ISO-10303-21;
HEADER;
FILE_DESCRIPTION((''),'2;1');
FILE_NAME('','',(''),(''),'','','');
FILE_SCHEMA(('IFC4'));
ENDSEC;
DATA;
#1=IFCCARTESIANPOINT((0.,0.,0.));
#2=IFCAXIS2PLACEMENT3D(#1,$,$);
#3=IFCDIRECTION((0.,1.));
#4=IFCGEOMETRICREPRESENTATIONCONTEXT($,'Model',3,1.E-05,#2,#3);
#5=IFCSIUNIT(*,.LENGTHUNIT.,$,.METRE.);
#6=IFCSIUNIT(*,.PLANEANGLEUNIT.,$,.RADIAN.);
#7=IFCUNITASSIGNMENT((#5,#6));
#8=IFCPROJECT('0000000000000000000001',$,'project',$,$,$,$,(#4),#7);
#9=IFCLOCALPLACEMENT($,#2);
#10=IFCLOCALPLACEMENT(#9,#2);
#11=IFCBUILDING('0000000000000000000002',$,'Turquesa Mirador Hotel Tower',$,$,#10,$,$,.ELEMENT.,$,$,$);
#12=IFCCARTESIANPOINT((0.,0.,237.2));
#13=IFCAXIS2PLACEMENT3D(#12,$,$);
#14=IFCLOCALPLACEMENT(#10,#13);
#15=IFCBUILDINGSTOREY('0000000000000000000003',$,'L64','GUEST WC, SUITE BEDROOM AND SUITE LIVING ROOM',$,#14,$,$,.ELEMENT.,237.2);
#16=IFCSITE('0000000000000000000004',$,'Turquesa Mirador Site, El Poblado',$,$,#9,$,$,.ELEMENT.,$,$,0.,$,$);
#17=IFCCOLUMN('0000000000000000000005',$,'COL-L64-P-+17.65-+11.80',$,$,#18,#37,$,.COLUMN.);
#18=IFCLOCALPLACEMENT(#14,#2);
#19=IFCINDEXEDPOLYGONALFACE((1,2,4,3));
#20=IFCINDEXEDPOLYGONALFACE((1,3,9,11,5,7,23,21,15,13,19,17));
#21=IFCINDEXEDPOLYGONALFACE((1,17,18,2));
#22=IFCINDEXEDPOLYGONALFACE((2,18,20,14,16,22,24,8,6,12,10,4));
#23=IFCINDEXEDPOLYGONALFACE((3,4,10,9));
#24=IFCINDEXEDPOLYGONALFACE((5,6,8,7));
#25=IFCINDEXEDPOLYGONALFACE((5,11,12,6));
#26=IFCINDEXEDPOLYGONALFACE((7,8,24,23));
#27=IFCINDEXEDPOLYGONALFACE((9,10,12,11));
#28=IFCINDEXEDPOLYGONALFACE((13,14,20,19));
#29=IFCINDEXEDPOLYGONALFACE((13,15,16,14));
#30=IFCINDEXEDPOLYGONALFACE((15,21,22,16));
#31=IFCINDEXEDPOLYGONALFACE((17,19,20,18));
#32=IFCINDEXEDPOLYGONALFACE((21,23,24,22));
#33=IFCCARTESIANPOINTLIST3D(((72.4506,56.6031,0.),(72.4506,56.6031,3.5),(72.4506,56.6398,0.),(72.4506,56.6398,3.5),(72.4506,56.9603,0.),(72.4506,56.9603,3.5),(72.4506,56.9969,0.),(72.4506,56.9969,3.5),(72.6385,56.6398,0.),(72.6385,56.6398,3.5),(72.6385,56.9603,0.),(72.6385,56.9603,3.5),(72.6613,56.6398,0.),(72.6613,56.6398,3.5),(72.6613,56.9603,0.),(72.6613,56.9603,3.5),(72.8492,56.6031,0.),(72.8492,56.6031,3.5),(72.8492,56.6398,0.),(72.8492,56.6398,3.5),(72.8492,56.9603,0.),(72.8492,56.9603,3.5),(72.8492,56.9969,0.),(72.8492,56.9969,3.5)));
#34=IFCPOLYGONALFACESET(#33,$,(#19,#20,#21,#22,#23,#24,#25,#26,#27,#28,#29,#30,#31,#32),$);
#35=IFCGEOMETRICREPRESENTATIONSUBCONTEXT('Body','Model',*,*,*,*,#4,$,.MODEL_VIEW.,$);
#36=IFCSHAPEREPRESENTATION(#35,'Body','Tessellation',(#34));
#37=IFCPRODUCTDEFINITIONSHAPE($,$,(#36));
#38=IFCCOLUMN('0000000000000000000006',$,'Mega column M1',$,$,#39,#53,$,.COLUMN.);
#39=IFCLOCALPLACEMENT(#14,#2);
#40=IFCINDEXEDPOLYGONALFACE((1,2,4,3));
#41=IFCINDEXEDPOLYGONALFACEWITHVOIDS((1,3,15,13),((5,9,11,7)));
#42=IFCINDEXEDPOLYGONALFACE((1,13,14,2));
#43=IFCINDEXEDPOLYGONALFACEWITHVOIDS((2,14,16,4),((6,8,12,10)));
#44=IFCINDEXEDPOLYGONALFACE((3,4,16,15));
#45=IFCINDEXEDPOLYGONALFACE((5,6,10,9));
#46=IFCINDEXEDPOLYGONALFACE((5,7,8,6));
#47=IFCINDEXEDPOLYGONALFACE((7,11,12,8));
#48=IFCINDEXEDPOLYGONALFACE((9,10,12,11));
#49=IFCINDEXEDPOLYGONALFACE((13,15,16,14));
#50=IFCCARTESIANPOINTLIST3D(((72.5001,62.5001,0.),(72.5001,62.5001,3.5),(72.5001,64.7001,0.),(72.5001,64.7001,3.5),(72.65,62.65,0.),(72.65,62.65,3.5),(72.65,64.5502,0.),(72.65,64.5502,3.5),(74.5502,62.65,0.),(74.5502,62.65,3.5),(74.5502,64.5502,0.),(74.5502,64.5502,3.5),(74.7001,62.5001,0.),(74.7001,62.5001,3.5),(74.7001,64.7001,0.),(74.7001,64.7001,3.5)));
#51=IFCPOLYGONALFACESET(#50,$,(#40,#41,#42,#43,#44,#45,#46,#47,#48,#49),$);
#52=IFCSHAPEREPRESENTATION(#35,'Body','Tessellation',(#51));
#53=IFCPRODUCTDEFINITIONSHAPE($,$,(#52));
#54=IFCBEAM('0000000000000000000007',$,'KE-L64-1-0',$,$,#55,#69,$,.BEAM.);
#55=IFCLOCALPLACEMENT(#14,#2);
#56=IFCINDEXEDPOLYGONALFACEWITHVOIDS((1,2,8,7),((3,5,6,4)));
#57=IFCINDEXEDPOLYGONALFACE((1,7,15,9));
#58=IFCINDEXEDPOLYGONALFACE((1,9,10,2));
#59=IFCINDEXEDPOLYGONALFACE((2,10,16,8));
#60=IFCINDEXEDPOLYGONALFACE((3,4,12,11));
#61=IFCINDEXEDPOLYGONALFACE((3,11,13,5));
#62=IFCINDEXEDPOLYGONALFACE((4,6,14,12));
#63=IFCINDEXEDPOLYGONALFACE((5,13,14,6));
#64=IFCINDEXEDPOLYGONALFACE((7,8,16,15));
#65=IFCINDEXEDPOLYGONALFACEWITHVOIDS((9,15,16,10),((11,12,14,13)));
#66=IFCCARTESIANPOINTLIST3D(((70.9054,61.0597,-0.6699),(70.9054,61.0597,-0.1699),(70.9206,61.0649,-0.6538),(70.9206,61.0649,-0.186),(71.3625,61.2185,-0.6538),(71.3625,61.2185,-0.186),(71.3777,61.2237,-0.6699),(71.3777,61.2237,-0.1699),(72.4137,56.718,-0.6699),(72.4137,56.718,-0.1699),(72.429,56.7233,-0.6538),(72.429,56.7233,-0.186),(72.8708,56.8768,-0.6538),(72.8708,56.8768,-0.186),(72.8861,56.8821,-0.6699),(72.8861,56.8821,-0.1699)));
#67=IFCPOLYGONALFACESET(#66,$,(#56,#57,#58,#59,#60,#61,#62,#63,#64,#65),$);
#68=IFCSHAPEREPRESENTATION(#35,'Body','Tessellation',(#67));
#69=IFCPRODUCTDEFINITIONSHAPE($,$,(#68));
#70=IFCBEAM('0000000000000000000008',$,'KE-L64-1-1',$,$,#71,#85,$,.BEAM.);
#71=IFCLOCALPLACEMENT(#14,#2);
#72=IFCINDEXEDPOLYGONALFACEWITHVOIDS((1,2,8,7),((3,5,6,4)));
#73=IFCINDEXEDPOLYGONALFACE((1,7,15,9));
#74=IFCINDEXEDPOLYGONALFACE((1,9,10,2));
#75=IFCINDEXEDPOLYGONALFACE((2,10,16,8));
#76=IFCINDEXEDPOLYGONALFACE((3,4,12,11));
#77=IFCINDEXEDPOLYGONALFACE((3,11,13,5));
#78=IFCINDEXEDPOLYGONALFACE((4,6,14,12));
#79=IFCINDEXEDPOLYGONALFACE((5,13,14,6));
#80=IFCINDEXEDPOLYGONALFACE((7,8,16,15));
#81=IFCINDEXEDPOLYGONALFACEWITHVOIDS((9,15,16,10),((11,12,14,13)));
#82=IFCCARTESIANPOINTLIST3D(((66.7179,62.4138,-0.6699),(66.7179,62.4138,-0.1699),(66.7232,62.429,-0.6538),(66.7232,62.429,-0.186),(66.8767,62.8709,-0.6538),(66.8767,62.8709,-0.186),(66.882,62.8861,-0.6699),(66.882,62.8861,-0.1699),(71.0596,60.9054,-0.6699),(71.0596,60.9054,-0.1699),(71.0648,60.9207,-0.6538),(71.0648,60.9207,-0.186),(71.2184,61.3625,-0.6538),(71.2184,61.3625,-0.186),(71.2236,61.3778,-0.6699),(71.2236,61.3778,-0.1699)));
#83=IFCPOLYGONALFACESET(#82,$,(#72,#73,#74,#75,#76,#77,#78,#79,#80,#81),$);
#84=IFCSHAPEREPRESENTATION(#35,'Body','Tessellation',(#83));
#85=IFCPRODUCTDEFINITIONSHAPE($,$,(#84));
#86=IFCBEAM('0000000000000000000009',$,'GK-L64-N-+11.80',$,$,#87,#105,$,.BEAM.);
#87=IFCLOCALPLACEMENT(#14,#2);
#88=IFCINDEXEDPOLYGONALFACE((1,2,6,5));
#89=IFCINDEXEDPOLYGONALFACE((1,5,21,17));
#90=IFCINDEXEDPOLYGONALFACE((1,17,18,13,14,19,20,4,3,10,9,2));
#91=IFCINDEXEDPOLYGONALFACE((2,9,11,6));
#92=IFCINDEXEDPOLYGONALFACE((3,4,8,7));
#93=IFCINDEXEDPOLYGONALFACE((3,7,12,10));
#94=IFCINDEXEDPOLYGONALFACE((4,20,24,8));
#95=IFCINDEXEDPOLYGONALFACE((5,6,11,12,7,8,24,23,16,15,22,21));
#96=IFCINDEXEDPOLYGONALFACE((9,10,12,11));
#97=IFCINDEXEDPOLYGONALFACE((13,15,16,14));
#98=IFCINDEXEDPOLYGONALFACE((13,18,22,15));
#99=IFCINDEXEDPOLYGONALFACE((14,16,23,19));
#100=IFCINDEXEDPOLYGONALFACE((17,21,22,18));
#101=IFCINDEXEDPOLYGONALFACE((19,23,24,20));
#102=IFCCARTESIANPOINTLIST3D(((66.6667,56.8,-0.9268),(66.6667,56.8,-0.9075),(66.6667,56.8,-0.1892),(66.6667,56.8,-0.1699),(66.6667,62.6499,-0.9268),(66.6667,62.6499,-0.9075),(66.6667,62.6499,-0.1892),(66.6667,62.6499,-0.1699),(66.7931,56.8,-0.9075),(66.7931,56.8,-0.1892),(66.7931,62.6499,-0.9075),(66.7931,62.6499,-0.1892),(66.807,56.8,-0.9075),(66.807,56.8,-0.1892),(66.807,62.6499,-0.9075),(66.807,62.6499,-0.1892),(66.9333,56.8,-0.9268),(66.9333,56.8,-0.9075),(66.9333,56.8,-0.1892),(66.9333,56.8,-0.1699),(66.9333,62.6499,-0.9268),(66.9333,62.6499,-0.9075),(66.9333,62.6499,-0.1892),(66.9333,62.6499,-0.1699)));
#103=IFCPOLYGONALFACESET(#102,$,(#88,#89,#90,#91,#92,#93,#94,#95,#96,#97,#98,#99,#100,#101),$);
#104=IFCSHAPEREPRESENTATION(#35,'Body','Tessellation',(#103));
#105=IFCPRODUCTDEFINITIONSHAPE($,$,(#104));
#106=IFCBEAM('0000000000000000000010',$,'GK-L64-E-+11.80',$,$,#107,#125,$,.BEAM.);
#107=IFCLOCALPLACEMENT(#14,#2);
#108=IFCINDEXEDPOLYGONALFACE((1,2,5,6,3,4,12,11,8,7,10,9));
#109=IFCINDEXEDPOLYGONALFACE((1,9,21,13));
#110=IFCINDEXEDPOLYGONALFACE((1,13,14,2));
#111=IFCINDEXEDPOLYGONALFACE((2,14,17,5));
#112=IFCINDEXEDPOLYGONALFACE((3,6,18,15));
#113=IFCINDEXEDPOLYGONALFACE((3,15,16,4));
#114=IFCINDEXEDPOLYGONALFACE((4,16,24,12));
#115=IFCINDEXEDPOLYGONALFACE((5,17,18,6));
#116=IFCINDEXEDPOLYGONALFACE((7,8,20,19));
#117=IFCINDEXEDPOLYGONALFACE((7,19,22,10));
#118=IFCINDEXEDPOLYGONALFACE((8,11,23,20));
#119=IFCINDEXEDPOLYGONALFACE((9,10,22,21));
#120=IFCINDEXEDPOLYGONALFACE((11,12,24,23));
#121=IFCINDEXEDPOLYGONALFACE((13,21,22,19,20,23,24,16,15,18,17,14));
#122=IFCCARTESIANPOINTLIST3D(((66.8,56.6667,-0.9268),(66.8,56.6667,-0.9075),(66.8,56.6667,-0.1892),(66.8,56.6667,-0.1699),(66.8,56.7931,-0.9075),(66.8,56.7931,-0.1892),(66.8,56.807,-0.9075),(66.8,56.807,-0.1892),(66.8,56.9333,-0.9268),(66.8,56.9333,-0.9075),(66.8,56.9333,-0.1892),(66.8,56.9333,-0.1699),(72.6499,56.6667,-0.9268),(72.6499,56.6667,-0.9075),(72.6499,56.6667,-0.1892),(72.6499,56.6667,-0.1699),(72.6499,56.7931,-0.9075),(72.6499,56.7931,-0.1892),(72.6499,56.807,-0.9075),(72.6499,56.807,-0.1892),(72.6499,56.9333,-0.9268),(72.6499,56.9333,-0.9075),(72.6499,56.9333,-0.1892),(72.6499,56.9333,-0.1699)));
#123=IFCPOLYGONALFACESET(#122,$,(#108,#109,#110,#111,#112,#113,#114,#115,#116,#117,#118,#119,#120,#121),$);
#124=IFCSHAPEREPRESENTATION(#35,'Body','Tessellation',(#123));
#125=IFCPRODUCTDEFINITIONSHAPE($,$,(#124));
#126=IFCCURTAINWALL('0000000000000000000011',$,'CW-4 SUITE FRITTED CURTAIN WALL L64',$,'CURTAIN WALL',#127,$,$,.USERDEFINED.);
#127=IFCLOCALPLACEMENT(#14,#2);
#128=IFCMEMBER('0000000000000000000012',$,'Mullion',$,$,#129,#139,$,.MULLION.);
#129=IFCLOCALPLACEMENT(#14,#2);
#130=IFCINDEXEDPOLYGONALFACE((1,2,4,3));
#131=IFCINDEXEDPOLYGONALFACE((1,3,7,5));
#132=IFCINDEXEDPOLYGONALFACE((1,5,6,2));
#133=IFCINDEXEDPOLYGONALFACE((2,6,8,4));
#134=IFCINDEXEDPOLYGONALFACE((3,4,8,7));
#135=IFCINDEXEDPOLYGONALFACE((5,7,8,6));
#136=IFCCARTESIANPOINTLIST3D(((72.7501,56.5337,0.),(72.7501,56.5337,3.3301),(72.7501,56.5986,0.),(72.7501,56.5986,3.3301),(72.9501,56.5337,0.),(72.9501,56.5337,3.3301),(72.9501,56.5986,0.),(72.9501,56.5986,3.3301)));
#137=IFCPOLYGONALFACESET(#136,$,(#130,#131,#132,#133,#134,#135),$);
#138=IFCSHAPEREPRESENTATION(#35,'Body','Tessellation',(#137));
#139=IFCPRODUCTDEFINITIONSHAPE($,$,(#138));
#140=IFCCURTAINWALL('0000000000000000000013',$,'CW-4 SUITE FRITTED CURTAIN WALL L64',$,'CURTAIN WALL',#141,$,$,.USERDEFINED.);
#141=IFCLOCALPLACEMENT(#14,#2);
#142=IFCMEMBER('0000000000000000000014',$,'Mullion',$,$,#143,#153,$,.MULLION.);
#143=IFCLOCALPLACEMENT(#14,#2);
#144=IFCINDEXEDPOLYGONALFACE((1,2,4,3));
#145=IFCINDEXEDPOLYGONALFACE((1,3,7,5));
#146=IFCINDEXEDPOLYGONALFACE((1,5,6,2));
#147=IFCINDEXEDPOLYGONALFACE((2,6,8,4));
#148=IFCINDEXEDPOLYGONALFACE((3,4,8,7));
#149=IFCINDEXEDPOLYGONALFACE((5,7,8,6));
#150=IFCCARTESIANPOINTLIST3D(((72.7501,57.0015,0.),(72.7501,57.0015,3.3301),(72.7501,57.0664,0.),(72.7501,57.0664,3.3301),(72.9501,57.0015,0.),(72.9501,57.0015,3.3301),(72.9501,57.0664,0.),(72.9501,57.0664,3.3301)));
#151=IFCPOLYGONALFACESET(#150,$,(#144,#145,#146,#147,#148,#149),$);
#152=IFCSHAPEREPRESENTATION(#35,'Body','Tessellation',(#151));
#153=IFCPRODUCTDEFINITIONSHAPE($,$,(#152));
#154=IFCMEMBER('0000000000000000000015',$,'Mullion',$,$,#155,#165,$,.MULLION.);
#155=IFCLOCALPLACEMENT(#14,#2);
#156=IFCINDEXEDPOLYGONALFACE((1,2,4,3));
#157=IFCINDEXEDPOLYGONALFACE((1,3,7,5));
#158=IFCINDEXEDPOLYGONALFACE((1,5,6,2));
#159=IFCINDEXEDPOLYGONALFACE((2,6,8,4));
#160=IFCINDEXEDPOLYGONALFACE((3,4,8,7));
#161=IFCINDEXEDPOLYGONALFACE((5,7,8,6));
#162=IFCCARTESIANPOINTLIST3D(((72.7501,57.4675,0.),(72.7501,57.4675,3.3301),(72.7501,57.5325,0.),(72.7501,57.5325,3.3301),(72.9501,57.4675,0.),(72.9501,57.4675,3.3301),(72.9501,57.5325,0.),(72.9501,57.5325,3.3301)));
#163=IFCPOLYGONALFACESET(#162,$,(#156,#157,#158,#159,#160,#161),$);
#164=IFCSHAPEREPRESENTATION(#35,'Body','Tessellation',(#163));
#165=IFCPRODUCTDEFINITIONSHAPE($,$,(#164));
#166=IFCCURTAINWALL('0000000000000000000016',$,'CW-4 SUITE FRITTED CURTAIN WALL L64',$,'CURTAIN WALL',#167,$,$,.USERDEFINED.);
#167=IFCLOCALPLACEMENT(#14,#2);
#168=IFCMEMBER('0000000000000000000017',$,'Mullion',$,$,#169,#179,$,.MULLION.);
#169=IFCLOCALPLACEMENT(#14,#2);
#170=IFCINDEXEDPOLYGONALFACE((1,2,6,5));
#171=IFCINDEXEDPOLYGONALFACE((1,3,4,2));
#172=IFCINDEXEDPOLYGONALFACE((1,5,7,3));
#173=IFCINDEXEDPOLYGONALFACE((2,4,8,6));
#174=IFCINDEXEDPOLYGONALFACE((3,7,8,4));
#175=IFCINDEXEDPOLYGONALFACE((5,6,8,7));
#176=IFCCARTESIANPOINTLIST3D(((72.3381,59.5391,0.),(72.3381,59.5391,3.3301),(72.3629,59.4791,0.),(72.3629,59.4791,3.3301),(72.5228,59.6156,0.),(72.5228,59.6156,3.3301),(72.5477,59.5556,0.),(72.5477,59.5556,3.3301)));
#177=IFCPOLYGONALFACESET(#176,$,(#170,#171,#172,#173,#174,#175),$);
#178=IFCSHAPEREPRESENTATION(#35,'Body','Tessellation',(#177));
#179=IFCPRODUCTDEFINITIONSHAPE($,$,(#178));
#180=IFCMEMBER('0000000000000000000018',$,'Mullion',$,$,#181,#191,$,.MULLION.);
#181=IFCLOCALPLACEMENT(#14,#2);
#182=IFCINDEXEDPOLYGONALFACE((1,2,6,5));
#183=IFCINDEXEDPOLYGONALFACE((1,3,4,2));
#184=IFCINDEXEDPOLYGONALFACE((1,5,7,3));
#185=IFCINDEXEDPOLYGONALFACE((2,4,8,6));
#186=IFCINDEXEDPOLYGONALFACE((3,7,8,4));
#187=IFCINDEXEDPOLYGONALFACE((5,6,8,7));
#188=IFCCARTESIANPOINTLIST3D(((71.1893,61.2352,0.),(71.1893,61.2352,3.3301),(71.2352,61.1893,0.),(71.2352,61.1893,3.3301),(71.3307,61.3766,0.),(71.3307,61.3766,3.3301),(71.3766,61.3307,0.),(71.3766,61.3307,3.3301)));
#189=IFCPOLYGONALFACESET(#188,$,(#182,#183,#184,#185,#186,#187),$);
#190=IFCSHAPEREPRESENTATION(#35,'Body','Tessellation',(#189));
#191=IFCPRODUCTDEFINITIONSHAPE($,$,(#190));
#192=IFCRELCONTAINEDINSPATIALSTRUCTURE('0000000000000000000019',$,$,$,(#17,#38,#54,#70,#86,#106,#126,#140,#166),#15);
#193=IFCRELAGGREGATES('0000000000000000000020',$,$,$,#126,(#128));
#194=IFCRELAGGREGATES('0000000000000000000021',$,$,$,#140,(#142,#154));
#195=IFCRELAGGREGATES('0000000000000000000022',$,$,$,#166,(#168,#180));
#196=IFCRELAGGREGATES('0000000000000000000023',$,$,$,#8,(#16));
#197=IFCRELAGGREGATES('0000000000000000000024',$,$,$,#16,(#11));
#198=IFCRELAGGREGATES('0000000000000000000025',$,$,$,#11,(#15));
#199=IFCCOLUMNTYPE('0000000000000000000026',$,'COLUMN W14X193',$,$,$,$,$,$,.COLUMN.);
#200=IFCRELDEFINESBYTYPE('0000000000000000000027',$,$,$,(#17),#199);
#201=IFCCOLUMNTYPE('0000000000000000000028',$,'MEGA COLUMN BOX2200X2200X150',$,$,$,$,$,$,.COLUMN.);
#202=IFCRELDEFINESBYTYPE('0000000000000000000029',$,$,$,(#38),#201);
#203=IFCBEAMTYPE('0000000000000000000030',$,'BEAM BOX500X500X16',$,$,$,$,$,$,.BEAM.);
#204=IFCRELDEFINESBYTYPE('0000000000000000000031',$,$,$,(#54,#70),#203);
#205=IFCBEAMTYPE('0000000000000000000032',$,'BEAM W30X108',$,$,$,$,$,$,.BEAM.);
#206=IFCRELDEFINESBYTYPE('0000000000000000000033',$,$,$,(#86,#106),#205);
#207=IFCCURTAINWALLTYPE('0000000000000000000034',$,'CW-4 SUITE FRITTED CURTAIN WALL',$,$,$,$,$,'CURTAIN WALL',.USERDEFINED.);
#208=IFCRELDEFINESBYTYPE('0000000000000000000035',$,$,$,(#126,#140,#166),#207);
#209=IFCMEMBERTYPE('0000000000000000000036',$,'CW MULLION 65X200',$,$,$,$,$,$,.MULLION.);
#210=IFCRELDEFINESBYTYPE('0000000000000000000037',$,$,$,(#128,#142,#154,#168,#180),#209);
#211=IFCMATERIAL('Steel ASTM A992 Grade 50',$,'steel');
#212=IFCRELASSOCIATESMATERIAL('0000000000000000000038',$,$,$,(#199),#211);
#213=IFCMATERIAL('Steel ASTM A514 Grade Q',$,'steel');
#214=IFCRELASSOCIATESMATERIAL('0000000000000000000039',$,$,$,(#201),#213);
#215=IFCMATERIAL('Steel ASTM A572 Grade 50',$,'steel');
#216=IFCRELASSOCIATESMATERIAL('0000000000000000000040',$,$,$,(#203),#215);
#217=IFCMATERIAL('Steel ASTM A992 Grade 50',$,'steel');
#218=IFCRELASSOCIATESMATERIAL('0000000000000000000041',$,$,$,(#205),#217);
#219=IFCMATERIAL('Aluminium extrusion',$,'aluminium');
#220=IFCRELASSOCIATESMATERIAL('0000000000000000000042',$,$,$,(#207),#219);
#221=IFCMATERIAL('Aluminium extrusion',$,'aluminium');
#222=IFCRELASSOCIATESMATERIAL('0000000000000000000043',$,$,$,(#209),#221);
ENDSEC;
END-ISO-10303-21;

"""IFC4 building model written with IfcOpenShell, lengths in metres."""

from ifc_helpers import new_model, si_unit, direction, frame, origin, origin_2d, place, context, subcontext, project, spatial, rectangle, hollow_rectangle, i_section, extrude, material, material_profile, profile_set, type_object, element, aggregate, save


model = new_model("IFC4")

# Units and contexts
model_context = context("Model", 3, precision=1e-05, world=origin(), true_north=direction((0.0, 1.0)))
body_context = subcontext(model_context, "Body", "Model", "MODEL_VIEW")
ifc_project = project(units=[si_unit("LENGTHUNIT", "METRE"), si_unit("PLANEANGLEUNIT", "RADIAN")], contexts=[model_context])

# Site, building, storey
site_placement = place(None, origin())
site = spatial("IfcSite", under=ifc_project, at=site_placement, Name="Turquesa Mirador Site, El Poblado", CompositionType="ELEMENT", RefElevation=0.0)
building_placement = place(site_placement, origin())
building = spatial("IfcBuilding", under=site, at=building_placement, Name="Turquesa Mirador Hotel Tower", CompositionType="ELEMENT")
storey_placement = place(building_placement, frame((0.0, 0.0, 237.2)))
storey = spatial("IfcBuildingStorey", under=building, at=storey_placement, Name="L64", Description="GUEST WC, SUITE BEDROOM AND SUITE LIVING ROOM", CompositionType="ELEMENT", Elevation=237.2)

# Columns
ifc_material_1 = material(Name="Steel ASTM A992 Grade 50", Category="steel")
ifc_material_profile_1 = material_profile(ifc_material_1, i_section(OverallWidth=0.3987, OverallDepth=0.3938, WebThickness=0.0227, FlangeThickness=0.0366, at=origin_2d()), Name="W14X193")
ifc_profile_set_1 = profile_set([ifc_material_profile_1], Name="Steel ASTM A992 Grade 50")
column_type_1 = type_object("IfcColumnType", Name="COLUMN W14X193", PredefinedType="COLUMN", material=ifc_profile_set_1)
column_1_placement = place(storey_placement, frame((72.6499, 56.8, 0.0), z_axis=(0.0, 0.0, 1.0), x_axis=(1.0, 0.0, 0.0)))
element("IfcColumn", 1, at=column_1_placement, inside=storey, type_object=column_type_1, Name="COL-L64-P-+17.65-+11.80", PredefinedType="COLUMN", context=body_context, shape_type="SweptSolid", body=[
    extrude(i_section(OverallWidth=0.3987, OverallDepth=0.3938, WebThickness=0.0227, FlangeThickness=0.0366, at=origin_2d()), origin(), (0.0, 0.0, 1.0), 3.5),
])
ifc_material_2 = material(Name="Steel ASTM A514 Grade Q", Category="steel")
ifc_material_profile_2 = material_profile(ifc_material_2, hollow_rectangle(XDim=2.2, YDim=2.2, WallThickness=0.1499, at=origin_2d()), Name="BOX2200X2200X150")
ifc_profile_set_2 = profile_set([ifc_material_profile_2], Name="Steel ASTM A514 Grade Q")
column_type_2 = type_object("IfcColumnType", Name="MEGA COLUMN BOX2200X2200X150", PredefinedType="COLUMN", material=ifc_profile_set_2)
column_2_placement = place(storey_placement, frame((73.6001, 63.6001, 0.0), z_axis=(0.0, 0.0, 1.0), x_axis=(1.0, 0.0, 0.0)))
element("IfcColumn", 2, at=column_2_placement, inside=storey, type_object=column_type_2, Name="Mega column M1", PredefinedType="COLUMN", context=body_context, shape_type="SweptSolid", body=[
    extrude(hollow_rectangle(XDim=2.2, YDim=2.2, WallThickness=0.1499, at=origin_2d()), origin(), (0.0, 0.0, 1.0), 3.5),
])

# Beams
ifc_material_3 = material(Name="Steel ASTM A572 Grade 50", Category="steel")
ifc_material_profile_3 = material_profile(ifc_material_3, hollow_rectangle(XDim=0.5, YDim=0.5, WallThickness=0.0161, at=origin_2d()), Name="BOX500X500X16")
ifc_profile_set_3 = profile_set([ifc_material_profile_3], Name="Steel ASTM A572 Grade 50")
beam_type_1 = type_object("IfcBeamType", Name="BEAM BOX500X500X16", PredefinedType="BEAM", material=ifc_profile_set_3)
for number, where, z_axis, x_axis, name in (
    (3, (72.6499, 56.8, -0.4199), (-0.32817, 0.944619, 0.0), (-0.944619, -0.32817, 0.0), "KE-L64-1-0"),
    (4, (71.1416, 61.1416, -0.4199), (-0.944619, 0.32817, 0.0), (-0.32817, -0.944619, 0.0), "KE-L64-1-1"),
):
    element("IfcBeam", number, at=place(storey_placement, frame(where, z_axis=z_axis, x_axis=x_axis)), inside=storey, type_object=beam_type_1, Name=name, PredefinedType="BEAM", context=body_context, shape_type="SweptSolid", body=[
        extrude(hollow_rectangle(XDim=0.5, YDim=0.5, WallThickness=0.0161, at=origin_2d()), origin(), (0.0, 0.0, 1.0), 4.5962),
    ])
ifc_material_4 = material(Name="Steel ASTM A992 Grade 50", Category="steel")
ifc_material_profile_4 = material_profile(ifc_material_4, i_section(OverallWidth=0.2666, OverallDepth=0.7568, WebThickness=0.0139, FlangeThickness=0.0193, at=origin_2d()), Name="W30X108")
ifc_profile_set_4 = profile_set([ifc_material_profile_4], Name="Steel ASTM A992 Grade 50")
beam_type_2 = type_object("IfcBeamType", Name="BEAM W30X108", PredefinedType="BEAM", material=ifc_profile_set_4)
for number, where, z_axis, x_axis, name in (
    (5, (66.8, 62.6499, -0.5483), (0.0, -1.0, 0.0), (1.0, 0.0, 0.0), "GK-L64-N-+11.80"),
    (6, (72.6499, 56.8, -0.5483), (-1.0, 0.0, 0.0), (0.0, -1.0, 0.0), "GK-L64-E-+11.80"),
):
    element("IfcBeam", number, at=place(storey_placement, frame(where, z_axis=z_axis, x_axis=x_axis)), inside=storey, type_object=beam_type_2, Name=name, PredefinedType="BEAM", context=body_context, shape_type="SweptSolid", body=[
        extrude(i_section(OverallWidth=0.2666, OverallDepth=0.7568, WebThickness=0.0139, FlangeThickness=0.0193, at=origin_2d()), origin(), (0.0, 0.0, 1.0), 5.8499),
    ])

# Curtain wall, member
ifc_material_5 = material(Name="Aluminium extrusion", Category="aluminium")
curtain_wall_type = type_object("IfcCurtainWallType", Name="CW-4 SUITE FRITTED CURTAIN WALL", ElementType="CURTAIN WALL", PredefinedType="USERDEFINED", material=ifc_material_5)
curtain_wall_1_placement = place(storey_placement, origin())
curtain_wall_1 = element("IfcCurtainWall", 7, at=curtain_wall_1_placement, inside=storey, type_object=curtain_wall_type, Name="CW-4 SUITE FRITTED CURTAIN WALL L64", ObjectType="CURTAIN WALL", PredefinedType="USERDEFINED")
ifc_material_6 = material(Name="Aluminium extrusion", Category="aluminium")
ifc_material_profile_5 = material_profile(ifc_material_6, rectangle(XDim=0.0649, YDim=0.2, at=origin_2d()), Name="MULLION 65X200")
ifc_profile_set_5 = profile_set([ifc_material_profile_5], Name="Aluminium extrusion")
member_type_1 = type_object("IfcMemberType", Name="CW MULLION 65X200", PredefinedType="MULLION", material=ifc_profile_set_5)
member_1_placement = place(storey_placement, frame((72.8501, 56.5662, 0.0), z_axis=(0.0, 0.0, 1.0), x_axis=(0.0, 1.0, 0.0)))
member_1 = element("IfcMember", 8, at=member_1_placement, type_object=member_type_1, Name="Mullion", PredefinedType="MULLION", context=body_context, shape_type="SweptSolid", body=[
    extrude(rectangle(XDim=0.0649, YDim=0.2, at=origin_2d()), origin(), (0.0, 0.0, 1.0), 3.3301),
])
aggregate(curtain_wall_1, [member_1])

# Curtain walls, members
curtain_wall_2_placement = place(storey_placement, origin())
curtain_wall_2 = element("IfcCurtainWall", 9, at=curtain_wall_2_placement, inside=storey, type_object=curtain_wall_type, Name="CW-4 SUITE FRITTED CURTAIN WALL L64", ObjectType="CURTAIN WALL", PredefinedType="USERDEFINED")
member_2_placement = place(storey_placement, frame((72.8501, 57.0339, 0.0), z_axis=(0.0, 0.0, 1.0), x_axis=(0.0, 1.0, 0.0)))
member_2 = element("IfcMember", 10, at=member_2_placement, type_object=member_type_1, Name="Mullion", PredefinedType="MULLION", context=body_context, shape_type="SweptSolid", body=[
    extrude(rectangle(XDim=0.0649, YDim=0.2, at=origin_2d()), origin(), (0.0, 0.0, 1.0), 3.3301),
])
member_3_placement = place(storey_placement, frame((72.8501, 57.5, 0.0), z_axis=(0.0, 0.0, 1.0), x_axis=(0.0, 1.0, 0.0)))
member_3 = element("IfcMember", 11, at=member_3_placement, type_object=member_type_1, Name="Mullion", PredefinedType="MULLION", context=body_context, shape_type="SweptSolid", body=[
    extrude(rectangle(XDim=0.0649, YDim=0.2, at=origin_2d()), origin(), (0.0, 0.0, 1.0), 3.3301),
])
curtain_wall_3_placement = place(storey_placement, origin())
curtain_wall_3 = element("IfcCurtainWall", 12, at=curtain_wall_3_placement, inside=storey, type_object=curtain_wall_type, Name="CW-4 SUITE FRITTED CURTAIN WALL L64", ObjectType="CURTAIN WALL", PredefinedType="USERDEFINED")
member_4_placement = place(storey_placement, frame((72.4429, 59.5474, 0.0), z_axis=(0.0, 0.0, 1.0), x_axis=(-0.382683, 0.92388, 0.0)))
member_4 = element("IfcMember", 13, at=member_4_placement, type_object=member_type_1, Name="Mullion", PredefinedType="MULLION", context=body_context, shape_type="SweptSolid", body=[
    extrude(rectangle(XDim=0.0649, YDim=0.2, at=origin_2d()), origin(), (0.0, 0.0, 1.0), 3.3301),
])
member_5_placement = place(storey_placement, frame((71.283, 61.283, 0.0), z_axis=(0.0, 0.0, 1.0), x_axis=(-0.707107, 0.707107, 0.0)))
member_5 = element("IfcMember", 14, at=member_5_placement, type_object=member_type_1, Name="Mullion", PredefinedType="MULLION", context=body_context, shape_type="SweptSolid", body=[
    extrude(rectangle(XDim=0.0649, YDim=0.2, at=origin_2d()), origin(), (0.0, 0.0, 1.0), 3.3301),
])

aggregate(curtain_wall_2, [member_2, member_3])
aggregate(curtain_wall_3, [member_4, member_5])

save(model, "model.ifc")
